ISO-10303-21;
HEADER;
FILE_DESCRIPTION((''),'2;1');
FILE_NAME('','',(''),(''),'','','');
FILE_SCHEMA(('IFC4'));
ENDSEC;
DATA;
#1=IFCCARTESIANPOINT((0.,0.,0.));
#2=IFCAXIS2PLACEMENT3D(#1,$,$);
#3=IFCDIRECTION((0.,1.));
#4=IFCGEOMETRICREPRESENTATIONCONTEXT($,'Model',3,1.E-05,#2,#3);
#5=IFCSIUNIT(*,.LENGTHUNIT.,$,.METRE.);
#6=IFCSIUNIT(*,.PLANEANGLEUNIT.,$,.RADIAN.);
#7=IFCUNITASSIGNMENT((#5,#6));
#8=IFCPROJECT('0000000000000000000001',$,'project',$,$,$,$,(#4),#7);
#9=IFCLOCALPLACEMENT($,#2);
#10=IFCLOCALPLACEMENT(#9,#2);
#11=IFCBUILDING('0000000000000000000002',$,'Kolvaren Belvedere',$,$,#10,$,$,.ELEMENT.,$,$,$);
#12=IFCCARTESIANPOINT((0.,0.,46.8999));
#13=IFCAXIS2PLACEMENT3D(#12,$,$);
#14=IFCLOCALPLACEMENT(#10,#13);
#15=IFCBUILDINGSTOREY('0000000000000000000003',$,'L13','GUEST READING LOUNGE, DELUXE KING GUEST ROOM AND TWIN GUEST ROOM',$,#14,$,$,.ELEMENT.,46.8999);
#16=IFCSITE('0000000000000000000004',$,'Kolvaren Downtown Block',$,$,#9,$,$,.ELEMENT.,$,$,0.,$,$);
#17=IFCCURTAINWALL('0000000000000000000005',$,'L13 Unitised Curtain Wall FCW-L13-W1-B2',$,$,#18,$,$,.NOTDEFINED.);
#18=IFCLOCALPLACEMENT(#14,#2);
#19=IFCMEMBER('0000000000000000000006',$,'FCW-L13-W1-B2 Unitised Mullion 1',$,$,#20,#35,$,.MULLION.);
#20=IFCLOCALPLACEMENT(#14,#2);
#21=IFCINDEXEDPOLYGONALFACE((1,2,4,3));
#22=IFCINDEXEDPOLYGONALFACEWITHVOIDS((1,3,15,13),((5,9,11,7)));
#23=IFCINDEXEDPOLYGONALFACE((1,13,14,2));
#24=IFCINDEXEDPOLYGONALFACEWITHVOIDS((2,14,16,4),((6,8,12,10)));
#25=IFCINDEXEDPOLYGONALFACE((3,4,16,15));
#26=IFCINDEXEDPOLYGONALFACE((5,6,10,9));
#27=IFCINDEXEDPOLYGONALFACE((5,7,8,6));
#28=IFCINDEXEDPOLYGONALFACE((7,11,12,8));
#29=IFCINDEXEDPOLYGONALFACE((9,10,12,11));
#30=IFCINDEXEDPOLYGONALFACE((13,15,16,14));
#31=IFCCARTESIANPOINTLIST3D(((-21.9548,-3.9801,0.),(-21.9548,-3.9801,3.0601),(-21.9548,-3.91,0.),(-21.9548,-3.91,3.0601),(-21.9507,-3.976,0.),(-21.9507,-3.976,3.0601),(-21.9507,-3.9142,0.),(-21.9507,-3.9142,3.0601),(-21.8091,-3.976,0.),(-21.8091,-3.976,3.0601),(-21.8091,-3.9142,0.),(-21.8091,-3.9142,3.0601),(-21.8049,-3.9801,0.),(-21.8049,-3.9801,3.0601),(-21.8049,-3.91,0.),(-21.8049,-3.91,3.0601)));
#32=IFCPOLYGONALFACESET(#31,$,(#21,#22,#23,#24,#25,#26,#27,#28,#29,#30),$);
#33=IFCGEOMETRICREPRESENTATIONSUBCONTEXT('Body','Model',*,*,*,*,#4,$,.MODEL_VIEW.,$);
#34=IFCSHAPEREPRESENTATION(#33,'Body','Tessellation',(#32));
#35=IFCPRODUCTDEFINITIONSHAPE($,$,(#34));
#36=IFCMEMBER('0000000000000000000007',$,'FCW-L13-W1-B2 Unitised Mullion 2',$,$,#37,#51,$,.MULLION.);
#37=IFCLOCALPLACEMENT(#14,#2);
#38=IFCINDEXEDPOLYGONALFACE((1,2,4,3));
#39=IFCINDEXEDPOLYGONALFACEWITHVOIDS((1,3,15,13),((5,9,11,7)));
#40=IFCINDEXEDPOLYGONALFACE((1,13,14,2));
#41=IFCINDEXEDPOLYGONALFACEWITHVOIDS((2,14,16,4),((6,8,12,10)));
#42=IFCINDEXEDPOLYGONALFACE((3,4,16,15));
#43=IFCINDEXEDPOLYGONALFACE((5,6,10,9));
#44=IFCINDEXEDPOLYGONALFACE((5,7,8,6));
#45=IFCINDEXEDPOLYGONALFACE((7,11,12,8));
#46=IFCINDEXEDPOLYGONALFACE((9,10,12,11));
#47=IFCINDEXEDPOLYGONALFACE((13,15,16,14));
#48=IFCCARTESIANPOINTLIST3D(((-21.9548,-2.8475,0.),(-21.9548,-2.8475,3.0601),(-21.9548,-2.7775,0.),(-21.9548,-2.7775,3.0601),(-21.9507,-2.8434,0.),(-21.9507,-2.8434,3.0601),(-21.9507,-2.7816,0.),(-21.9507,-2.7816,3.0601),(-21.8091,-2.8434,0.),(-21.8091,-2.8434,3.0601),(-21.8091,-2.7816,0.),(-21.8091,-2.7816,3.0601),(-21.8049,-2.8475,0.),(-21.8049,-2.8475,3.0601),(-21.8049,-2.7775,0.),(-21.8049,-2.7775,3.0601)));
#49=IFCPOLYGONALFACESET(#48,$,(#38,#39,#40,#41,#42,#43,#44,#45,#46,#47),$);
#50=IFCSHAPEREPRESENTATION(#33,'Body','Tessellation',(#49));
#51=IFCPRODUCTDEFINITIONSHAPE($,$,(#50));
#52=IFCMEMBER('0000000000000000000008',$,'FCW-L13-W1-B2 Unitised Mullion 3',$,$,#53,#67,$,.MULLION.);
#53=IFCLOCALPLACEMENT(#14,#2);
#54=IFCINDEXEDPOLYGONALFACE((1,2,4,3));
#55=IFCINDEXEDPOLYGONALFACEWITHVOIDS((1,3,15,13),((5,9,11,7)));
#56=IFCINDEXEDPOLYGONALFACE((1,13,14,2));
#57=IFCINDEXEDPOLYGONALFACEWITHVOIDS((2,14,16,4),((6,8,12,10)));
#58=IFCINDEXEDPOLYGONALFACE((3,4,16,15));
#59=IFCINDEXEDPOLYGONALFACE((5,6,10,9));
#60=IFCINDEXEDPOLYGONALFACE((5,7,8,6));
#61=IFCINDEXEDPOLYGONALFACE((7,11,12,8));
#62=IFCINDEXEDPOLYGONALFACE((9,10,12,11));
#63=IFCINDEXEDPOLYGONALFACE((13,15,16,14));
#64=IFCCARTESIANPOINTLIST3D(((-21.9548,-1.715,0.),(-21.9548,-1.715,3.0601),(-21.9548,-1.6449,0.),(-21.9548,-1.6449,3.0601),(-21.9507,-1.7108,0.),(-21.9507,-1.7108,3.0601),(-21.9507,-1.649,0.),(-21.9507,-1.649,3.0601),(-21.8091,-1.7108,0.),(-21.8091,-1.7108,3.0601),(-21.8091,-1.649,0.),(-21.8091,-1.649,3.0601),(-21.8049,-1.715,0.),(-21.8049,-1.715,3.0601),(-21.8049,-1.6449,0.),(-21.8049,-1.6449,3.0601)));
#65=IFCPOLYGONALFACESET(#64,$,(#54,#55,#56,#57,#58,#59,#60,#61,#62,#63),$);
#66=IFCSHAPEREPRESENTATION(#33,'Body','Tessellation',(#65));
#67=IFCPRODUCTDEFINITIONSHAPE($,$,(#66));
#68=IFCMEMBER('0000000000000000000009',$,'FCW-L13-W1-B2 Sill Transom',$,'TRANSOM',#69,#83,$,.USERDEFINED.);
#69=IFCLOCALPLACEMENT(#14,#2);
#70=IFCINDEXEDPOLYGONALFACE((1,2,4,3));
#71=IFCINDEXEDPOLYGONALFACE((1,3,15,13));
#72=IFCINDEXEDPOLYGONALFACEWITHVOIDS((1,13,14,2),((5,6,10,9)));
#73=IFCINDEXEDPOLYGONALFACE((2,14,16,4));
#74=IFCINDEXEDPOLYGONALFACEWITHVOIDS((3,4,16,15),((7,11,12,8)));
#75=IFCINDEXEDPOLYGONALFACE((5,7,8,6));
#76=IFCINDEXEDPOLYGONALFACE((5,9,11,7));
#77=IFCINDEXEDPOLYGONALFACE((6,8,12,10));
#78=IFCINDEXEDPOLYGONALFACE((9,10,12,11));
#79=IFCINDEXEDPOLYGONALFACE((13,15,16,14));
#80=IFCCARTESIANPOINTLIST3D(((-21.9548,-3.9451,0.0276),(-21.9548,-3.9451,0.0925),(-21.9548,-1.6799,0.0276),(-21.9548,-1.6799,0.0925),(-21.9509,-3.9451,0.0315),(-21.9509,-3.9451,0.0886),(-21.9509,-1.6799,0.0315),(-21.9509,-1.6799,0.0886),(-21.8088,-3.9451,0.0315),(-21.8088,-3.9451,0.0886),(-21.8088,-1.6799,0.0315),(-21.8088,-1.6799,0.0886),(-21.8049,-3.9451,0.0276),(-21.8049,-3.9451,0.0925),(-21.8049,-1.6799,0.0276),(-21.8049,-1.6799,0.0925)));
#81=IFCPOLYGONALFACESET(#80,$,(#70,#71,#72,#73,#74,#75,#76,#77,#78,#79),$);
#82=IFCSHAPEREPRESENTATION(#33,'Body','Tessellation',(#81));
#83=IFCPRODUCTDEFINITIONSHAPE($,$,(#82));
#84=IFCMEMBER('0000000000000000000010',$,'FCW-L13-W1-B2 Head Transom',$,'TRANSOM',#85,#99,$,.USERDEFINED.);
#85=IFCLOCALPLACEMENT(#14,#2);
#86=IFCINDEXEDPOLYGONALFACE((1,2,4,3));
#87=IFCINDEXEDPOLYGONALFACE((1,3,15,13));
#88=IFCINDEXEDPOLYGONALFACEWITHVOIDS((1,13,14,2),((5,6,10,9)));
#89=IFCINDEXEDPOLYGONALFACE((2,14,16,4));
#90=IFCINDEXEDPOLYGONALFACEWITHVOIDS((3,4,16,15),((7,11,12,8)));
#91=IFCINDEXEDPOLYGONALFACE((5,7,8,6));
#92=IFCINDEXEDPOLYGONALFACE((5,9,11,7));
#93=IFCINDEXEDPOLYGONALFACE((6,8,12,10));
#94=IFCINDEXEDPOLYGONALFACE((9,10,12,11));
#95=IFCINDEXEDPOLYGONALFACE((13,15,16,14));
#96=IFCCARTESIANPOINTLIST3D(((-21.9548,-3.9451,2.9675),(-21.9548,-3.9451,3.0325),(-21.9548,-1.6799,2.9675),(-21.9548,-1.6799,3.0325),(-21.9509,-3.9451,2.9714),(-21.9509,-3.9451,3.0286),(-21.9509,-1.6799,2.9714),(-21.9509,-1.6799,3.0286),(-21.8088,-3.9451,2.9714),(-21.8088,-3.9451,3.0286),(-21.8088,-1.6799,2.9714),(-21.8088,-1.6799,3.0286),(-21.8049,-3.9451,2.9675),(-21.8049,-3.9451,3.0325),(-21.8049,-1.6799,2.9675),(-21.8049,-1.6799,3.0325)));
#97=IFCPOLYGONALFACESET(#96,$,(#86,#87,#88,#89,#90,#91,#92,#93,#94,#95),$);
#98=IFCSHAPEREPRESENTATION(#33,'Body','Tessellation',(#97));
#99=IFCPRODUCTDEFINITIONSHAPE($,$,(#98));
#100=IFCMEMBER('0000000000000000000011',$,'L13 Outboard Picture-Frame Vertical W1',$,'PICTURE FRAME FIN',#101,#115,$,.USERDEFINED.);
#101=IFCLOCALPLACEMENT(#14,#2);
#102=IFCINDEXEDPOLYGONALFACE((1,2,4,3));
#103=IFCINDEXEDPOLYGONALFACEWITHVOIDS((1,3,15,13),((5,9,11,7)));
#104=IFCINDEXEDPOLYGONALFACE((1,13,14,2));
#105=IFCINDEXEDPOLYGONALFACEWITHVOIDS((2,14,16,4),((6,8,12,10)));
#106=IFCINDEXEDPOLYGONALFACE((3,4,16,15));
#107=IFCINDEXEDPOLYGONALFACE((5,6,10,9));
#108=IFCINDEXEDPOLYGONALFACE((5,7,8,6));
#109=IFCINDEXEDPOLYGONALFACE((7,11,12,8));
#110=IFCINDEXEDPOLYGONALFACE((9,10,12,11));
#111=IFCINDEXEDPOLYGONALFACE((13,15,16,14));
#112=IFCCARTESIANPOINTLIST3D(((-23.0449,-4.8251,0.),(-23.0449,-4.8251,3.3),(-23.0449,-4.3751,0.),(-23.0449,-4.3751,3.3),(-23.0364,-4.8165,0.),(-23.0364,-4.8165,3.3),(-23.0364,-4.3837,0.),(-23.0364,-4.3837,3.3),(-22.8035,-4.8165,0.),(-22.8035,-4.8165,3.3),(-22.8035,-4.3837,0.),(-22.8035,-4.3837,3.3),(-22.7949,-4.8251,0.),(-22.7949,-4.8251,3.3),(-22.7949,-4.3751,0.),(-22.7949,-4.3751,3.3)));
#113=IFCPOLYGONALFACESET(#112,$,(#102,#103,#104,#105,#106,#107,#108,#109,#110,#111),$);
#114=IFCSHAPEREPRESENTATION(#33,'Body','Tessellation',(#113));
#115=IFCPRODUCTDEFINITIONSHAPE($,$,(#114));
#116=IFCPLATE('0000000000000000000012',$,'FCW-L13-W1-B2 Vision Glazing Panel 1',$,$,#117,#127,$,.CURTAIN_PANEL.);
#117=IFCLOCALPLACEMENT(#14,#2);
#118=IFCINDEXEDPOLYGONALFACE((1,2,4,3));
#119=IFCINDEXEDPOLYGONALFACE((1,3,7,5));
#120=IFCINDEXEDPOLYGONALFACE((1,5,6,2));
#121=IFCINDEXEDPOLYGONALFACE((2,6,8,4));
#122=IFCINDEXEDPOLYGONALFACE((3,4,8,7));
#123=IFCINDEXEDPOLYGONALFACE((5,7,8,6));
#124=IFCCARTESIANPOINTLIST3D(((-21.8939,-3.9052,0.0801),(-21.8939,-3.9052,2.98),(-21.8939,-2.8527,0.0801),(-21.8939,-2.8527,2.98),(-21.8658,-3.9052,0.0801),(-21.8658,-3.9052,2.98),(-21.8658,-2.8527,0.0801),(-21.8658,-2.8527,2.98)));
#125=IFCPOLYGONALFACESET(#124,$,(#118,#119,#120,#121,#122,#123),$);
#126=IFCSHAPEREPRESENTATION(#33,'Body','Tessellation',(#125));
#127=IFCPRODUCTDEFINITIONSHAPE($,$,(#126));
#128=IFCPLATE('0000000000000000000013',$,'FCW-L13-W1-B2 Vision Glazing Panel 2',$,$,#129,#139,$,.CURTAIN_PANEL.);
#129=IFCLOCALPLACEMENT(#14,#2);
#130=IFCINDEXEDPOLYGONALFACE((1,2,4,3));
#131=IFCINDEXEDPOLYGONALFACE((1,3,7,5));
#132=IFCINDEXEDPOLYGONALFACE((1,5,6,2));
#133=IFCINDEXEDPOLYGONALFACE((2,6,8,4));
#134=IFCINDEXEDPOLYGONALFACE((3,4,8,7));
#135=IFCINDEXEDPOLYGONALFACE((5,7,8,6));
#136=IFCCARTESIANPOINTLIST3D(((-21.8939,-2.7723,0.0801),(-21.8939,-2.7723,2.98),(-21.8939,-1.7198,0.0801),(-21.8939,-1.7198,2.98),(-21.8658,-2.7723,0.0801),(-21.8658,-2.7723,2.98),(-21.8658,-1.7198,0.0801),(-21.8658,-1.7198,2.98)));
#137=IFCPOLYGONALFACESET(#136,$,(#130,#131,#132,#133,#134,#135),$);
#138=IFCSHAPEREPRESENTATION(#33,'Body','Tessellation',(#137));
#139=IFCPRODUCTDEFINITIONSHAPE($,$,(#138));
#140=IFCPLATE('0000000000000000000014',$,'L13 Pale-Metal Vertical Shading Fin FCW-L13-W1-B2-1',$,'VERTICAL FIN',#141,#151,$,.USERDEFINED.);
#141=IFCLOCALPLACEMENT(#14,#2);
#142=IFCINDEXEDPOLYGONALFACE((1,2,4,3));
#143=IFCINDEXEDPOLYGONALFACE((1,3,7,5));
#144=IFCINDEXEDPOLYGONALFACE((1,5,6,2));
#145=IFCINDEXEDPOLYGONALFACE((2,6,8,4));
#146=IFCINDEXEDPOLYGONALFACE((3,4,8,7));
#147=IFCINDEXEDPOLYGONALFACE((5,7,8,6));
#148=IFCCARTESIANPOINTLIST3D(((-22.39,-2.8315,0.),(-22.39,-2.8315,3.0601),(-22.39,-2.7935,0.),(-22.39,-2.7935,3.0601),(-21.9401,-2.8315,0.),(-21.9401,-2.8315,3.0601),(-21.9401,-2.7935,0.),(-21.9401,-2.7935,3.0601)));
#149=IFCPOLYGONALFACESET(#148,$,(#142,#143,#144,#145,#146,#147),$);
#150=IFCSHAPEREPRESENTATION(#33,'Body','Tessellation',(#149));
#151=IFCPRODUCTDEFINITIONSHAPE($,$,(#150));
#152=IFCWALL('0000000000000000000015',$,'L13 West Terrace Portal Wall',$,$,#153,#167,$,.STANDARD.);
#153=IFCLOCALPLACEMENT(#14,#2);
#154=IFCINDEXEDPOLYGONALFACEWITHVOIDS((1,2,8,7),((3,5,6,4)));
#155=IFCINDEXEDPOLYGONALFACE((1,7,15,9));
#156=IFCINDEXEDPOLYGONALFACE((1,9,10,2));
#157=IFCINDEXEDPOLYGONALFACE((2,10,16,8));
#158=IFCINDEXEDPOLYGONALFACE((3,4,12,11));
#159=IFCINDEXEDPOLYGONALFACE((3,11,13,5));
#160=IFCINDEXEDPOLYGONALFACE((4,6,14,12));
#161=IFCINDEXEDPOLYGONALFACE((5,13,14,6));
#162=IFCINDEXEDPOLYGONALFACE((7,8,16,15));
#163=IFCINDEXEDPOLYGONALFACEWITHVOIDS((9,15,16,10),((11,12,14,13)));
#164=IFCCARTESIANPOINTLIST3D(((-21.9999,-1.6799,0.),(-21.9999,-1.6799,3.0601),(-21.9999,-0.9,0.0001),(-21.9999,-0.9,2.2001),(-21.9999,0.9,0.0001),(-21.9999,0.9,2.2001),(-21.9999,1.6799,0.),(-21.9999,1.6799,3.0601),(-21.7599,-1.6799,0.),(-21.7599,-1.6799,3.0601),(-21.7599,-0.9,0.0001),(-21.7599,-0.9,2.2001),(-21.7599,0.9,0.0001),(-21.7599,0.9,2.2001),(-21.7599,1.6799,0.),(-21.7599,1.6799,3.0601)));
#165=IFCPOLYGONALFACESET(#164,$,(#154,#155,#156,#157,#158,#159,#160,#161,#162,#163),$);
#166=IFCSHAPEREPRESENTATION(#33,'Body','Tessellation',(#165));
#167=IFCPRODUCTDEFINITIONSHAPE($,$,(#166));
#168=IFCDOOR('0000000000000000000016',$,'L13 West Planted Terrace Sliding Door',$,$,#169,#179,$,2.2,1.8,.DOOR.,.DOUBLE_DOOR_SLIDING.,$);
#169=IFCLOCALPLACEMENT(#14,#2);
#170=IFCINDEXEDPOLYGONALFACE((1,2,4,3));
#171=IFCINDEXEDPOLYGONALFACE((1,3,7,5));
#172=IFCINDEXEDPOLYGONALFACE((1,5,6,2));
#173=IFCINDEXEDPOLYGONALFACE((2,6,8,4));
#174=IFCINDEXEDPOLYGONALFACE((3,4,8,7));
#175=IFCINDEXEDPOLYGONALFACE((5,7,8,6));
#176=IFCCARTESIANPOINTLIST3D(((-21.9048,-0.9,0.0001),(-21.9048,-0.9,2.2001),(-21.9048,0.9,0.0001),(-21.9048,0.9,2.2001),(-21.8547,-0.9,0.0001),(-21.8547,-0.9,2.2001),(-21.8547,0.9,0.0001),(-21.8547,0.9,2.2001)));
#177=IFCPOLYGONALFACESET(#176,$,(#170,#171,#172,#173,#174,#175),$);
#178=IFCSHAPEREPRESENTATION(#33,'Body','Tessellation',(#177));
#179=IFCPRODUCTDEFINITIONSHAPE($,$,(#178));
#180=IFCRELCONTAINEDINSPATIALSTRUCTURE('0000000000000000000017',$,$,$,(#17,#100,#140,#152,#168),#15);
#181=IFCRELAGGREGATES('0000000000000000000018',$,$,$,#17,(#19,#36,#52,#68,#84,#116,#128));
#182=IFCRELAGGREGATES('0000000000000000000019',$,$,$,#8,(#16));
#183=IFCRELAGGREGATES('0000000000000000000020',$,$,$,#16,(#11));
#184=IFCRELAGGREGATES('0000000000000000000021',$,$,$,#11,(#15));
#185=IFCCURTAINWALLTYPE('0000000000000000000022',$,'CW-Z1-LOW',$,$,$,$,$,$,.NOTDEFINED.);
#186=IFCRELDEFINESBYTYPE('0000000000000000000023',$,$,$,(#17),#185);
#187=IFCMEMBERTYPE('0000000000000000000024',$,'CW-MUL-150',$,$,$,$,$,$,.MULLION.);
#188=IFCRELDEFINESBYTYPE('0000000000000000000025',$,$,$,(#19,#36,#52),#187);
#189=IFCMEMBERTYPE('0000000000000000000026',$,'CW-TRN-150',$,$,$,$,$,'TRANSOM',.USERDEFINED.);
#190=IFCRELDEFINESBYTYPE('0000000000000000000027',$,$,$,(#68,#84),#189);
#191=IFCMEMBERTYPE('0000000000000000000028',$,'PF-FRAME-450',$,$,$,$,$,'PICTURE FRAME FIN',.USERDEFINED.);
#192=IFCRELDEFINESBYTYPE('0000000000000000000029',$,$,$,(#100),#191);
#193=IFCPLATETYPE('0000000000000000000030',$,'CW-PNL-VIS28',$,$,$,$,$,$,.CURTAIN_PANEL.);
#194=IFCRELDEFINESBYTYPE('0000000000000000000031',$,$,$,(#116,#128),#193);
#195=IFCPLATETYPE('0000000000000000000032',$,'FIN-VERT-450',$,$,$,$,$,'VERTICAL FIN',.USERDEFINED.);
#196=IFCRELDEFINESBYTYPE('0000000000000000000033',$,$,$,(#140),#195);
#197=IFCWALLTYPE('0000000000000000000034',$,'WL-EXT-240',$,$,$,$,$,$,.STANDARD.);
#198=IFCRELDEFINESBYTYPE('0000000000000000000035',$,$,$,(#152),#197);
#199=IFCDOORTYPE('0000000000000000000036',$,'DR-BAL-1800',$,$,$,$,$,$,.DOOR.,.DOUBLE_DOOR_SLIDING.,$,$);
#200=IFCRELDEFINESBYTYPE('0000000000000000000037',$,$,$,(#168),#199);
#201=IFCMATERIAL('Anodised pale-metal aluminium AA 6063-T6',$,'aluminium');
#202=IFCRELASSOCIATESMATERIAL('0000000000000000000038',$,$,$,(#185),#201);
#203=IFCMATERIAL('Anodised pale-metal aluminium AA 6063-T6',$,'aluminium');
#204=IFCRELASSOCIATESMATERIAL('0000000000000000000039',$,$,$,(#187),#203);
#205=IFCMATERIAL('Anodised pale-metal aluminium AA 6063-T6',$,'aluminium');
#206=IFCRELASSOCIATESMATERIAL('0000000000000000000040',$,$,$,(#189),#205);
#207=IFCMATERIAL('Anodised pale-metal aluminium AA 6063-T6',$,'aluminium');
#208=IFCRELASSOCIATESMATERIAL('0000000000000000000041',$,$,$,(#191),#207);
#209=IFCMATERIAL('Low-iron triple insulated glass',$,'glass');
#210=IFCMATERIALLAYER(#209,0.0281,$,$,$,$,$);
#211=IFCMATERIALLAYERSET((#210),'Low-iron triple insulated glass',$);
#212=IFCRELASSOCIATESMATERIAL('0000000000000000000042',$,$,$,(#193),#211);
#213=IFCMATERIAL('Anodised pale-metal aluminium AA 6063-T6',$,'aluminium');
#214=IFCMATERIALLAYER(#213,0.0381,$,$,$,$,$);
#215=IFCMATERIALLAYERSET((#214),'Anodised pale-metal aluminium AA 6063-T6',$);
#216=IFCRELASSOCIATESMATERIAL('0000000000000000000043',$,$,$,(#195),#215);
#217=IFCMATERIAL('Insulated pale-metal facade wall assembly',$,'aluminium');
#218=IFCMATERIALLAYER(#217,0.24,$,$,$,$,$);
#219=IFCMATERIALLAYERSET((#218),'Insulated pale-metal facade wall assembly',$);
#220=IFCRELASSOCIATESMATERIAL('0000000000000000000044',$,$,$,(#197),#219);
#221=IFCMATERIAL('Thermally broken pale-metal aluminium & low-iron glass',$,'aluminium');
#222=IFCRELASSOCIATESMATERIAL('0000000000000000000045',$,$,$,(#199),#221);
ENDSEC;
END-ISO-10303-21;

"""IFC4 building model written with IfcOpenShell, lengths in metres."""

from ifc_helpers import new_model, si_unit, direction, frame, frame_2d, origin, origin_2d, place, context, subcontext, project, spatial, rectangle, hollow_rectangle, extrude, material, layer, layer_set, material_profile, profile_set, type_object, element, fill, aggregate, save


model = new_model("IFC4")

# Units and contexts
model_context = context("Model", 3, precision=1e-05, world=origin(), true_north=direction((0.0, 1.0)))
body_context = subcontext(model_context, "Body", "Model", "MODEL_VIEW")
ifc_project = project(units=[si_unit("LENGTHUNIT", "METRE"), si_unit("PLANEANGLEUNIT", "RADIAN")], contexts=[model_context])

# Site, building, storey
site_placement = place(None, origin())
site = spatial("IfcSite", under=ifc_project, at=site_placement, Name="Kolvaren Downtown Block", CompositionType="ELEMENT", RefElevation=0.0)
building_placement = place(site_placement, origin())
building = spatial("IfcBuilding", under=site, at=building_placement, Name="Kolvaren Belvedere", CompositionType="ELEMENT")
storey_placement = place(building_placement, frame((0.0, 0.0, 46.8999)))
storey = spatial("IfcBuildingStorey", under=building, at=storey_placement, Name="L13", Description="GUEST READING LOUNGE, DELUXE KING GUEST ROOM AND TWIN GUEST ROOM", CompositionType="ELEMENT", Elevation=46.8999)

# Shared definitions
ifc_material_1 = material(Name="Anodised pale-metal aluminium AA 6063-T6", Category="aluminium")
curtain_wall_type = type_object("IfcCurtainWallType", Name="CW-Z1-LOW", PredefinedType="NOTDEFINED", material=ifc_material_1)
ifc_material_2 = material(Name="Anodised pale-metal aluminium AA 6063-T6", Category="aluminium")
ifc_material_profile_1 = material_profile(ifc_material_2, hollow_rectangle(XDim=0.0701, YDim=0.1499, WallThickness=0.0042, at=origin_2d()), Name="ALU-MUL-150X70")
ifc_profile_set_1 = profile_set([ifc_material_profile_1], Name="Anodised pale-metal aluminium AA 6063-T6")
member_type_1 = type_object("IfcMemberType", Name="CW-MUL-150", PredefinedType="MULLION", material=ifc_profile_set_1)

# Curtain wall, members
curtain_wall_1_placement = place(storey_placement, origin())
curtain_wall_1 = element("IfcCurtainWall", 1, at=curtain_wall_1_placement, inside=storey, type_object=curtain_wall_type, Name="L13 Unitised Curtain Wall FCW-L13-W1-B2", PredefinedType="NOTDEFINED")
member_1_placement = place(storey_placement, frame((-21.8799, -3.9451, 0.0), z_axis=(0.0, 0.0, 1.0), x_axis=(0.0, 1.0, 0.0)))
member_1 = element("IfcMember", 2, at=member_1_placement, type_object=member_type_1, Name="FCW-L13-W1-B2 Unitised Mullion 1", PredefinedType="MULLION", context=body_context, shape_type="SweptSolid", body=[
    extrude(hollow_rectangle(XDim=0.0701, YDim=0.1499, WallThickness=0.0042, at=origin_2d()), origin(), (0.0, 0.0, 1.0), 3.0601),
])
member_2_placement = place(storey_placement, frame((-21.8799, -2.8125, 0.0), z_axis=(0.0, 0.0, 1.0), x_axis=(0.0, 1.0, 0.0)))
member_2 = element("IfcMember", 3, at=member_2_placement, type_object=member_type_1, Name="FCW-L13-W1-B2 Unitised Mullion 2", PredefinedType="MULLION", context=body_context, shape_type="SweptSolid", body=[
    extrude(hollow_rectangle(XDim=0.0701, YDim=0.1499, WallThickness=0.0042, at=origin_2d()), origin(), (0.0, 0.0, 1.0), 3.0601),
])
member_3_placement = place(storey_placement, frame((-21.8799, -1.6799, 0.0), z_axis=(0.0, 0.0, 1.0), x_axis=(0.0, 1.0, 0.0)))
member_3 = element("IfcMember", 4, at=member_3_placement, type_object=member_type_1, Name="FCW-L13-W1-B2 Unitised Mullion 3", PredefinedType="MULLION", context=body_context, shape_type="SweptSolid", body=[
    extrude(hollow_rectangle(XDim=0.0701, YDim=0.1499, WallThickness=0.0042, at=origin_2d()), origin(), (0.0, 0.0, 1.0), 3.0601),
])
ifc_material_3 = material(Name="Anodised pale-metal aluminium AA 6063-T6", Category="aluminium")
ifc_material_profile_2 = material_profile(ifc_material_3, hollow_rectangle(XDim=0.0649, YDim=0.1499, WallThickness=0.0039, at=origin_2d()), Name="ALU-TRN-150X65")
ifc_profile_set_2 = profile_set([ifc_material_profile_2], Name="Anodised pale-metal aluminium AA 6063-T6")
member_type_2 = type_object("IfcMemberType", Name="CW-TRN-150", ElementType="TRANSOM", PredefinedType="USERDEFINED", material=ifc_profile_set_2)
member_4_placement = place(storey_placement, frame((-21.8799, -3.9451, 0.0601), z_axis=(0.0, 1.0, 0.0), x_axis=(0.0, 0.0, 1.0)))
member_4 = element("IfcMember", 5, at=member_4_placement, type_object=member_type_2, Name="FCW-L13-W1-B2 Sill Transom", ObjectType="TRANSOM", PredefinedType="USERDEFINED", context=body_context, shape_type="SweptSolid", body=[
    extrude(hollow_rectangle(XDim=0.0649, YDim=0.1499, WallThickness=0.0039, at=origin_2d()), origin(), (0.0, 0.0, 1.0), 2.2651),
])
member_5_placement = place(storey_placement, frame((-21.8799, -3.9451, 3.0), z_axis=(0.0, 1.0, 0.0), x_axis=(0.0, 0.0, 1.0)))
member_5 = element("IfcMember", 6, at=member_5_placement, type_object=member_type_2, Name="FCW-L13-W1-B2 Head Transom", ObjectType="TRANSOM", PredefinedType="USERDEFINED", context=body_context, shape_type="SweptSolid", body=[
    extrude(hollow_rectangle(XDim=0.0649, YDim=0.1499, WallThickness=0.0039, at=origin_2d()), origin(), (0.0, 0.0, 1.0), 2.2651),
])

# Member
ifc_material_4 = material(Name="Anodised pale-metal aluminium AA 6063-T6", Category="aluminium")
ifc_material_profile_3 = material_profile(ifc_material_4, hollow_rectangle(XDim=0.25, YDim=0.45, WallThickness=0.0085, at=origin_2d()), Name="ALU-PF-450X250")
ifc_profile_set_3 = profile_set([ifc_material_profile_3], Name="Anodised pale-metal aluminium AA 6063-T6")
member_type_3 = type_object("IfcMemberType", Name="PF-FRAME-450", ElementType="PICTURE FRAME FIN", PredefinedType="USERDEFINED", material=ifc_profile_set_3)
member_6_placement = place(storey_placement, frame((-22.9199, -4.6001, 0.0), z_axis=(0.0, 0.0, 1.0), x_axis=(1.0, 0.0, 0.0)))
element("IfcMember", 7, at=member_6_placement, inside=storey, type_object=member_type_3, Name="L13 Outboard Picture-Frame Vertical W1", ObjectType="PICTURE FRAME FIN", PredefinedType="USERDEFINED", context=body_context, shape_type="SweptSolid", body=[
    extrude(hollow_rectangle(XDim=0.25, YDim=0.45, WallThickness=0.0085, at=origin_2d()), origin(), (0.0, 0.0, 1.0), 3.3),
])

# Plates
ifc_material_5 = material(Name="Low-iron triple insulated glass", Category="glass")
ifc_layer_1 = layer(ifc_material_5, 0.0281)
ifc_layer_set_1 = layer_set([ifc_layer_1], Name="Low-iron triple insulated glass")
plate_type_1 = type_object("IfcPlateType", Name="CW-PNL-VIS28", PredefinedType="CURTAIN_PANEL", material=ifc_layer_set_1)
plate_1_placement = place(storey_placement, frame((-21.8799, -3.3789, 0.0801), z_axis=(0.0, 0.0, 1.0), x_axis=(0.0, 1.0, 0.0)))
plate_1 = element("IfcPlate", 8, at=plate_1_placement, type_object=plate_type_1, Name="FCW-L13-W1-B2 Vision Glazing Panel 1", PredefinedType="CURTAIN_PANEL", context=body_context, shape_type="SweptSolid", body=[
    extrude(rectangle(XDim=1.0525, YDim=0.0281, at=origin_2d()), origin(), (0.0, 0.0, 1.0), 2.8999),
])
plate_2_placement = place(storey_placement, frame((-21.8799, -2.2461, 0.0801), z_axis=(0.0, 0.0, 1.0), x_axis=(0.0, 1.0, 0.0)))
plate_2 = element("IfcPlate", 9, at=plate_2_placement, type_object=plate_type_1, Name="FCW-L13-W1-B2 Vision Glazing Panel 2", PredefinedType="CURTAIN_PANEL", context=body_context, shape_type="SweptSolid", body=[
    extrude(rectangle(XDim=1.0525, YDim=0.0281, at=origin_2d()), origin(), (0.0, 0.0, 1.0), 2.8999),
])
aggregate(curtain_wall_1, [member_1, member_2, member_3, member_4, member_5, plate_1, plate_2])
ifc_material_6 = material(Name="Anodised pale-metal aluminium AA 6063-T6", Category="aluminium")
ifc_layer_2 = layer(ifc_material_6, 0.0381)
ifc_layer_set_2 = layer_set([ifc_layer_2], Name="Anodised pale-metal aluminium AA 6063-T6")
plate_type_2 = type_object("IfcPlateType", Name="FIN-VERT-450", ElementType="VERTICAL FIN", PredefinedType="USERDEFINED", material=ifc_layer_set_2)
plate_3_placement = place(storey_placement, frame((-22.165, -2.8125, 0.0), z_axis=(0.0, 0.0, 1.0), x_axis=(1.0, 0.0, 0.0)))
element("IfcPlate", 10, at=plate_3_placement, inside=storey, type_object=plate_type_2, Name="L13 Pale-Metal Vertical Shading Fin FCW-L13-W1-B2-1", ObjectType="VERTICAL FIN", PredefinedType="USERDEFINED", context=body_context, shape_type="SweptSolid", body=[
    extrude(rectangle(XDim=0.45, YDim=0.0381, at=origin_2d()), origin(), (0.0, 0.0, 1.0), 3.0601),
])

# Wall, opening, door
ifc_material_7 = material(Name="Insulated pale-metal facade wall assembly", Category="aluminium")
ifc_layer_3 = layer(ifc_material_7, 0.24)
ifc_layer_set_3 = layer_set([ifc_layer_3], Name="Insulated pale-metal facade wall assembly")
wall_type_1 = type_object("IfcWallType", Name="WL-EXT-240", PredefinedType="STANDARD", material=ifc_layer_set_3)
wall_1_placement = place(storey_placement, frame((-21.8799, -1.6799, 0.0), z_axis=(0.0, 0.0, 1.0), x_axis=(0.0, 1.0, 0.0)))
wall_1 = element("IfcWall", 11, at=wall_1_placement, inside=storey, type_object=wall_type_1, Name="L13 West Terrace Portal Wall", PredefinedType="STANDARD", context=body_context, shape_type="SweptSolid", body=[
    extrude(rectangle(XDim=3.3599, YDim=0.24, at=frame_2d((1.6799, 0.0))), origin(), (0.0, 0.0, 1.0), 3.0601),
])
opening_1_placement = place(wall_1_placement, frame((0.78, 0.0, 0.0)))
opening_1 = element("IfcOpeningElement", 12, at=opening_1_placement, cuts=wall_1, PredefinedType="OPENING", context=body_context, shape_type="SweptSolid", body=[
    extrude(rectangle(XDim=1.8, YDim=2.2, at=frame_2d((0.8999, 1.1001))), frame((0.0, 0.1299, 0.0), z_axis=(0.0, -1.0, 0.0), x_axis=(1.0, 0.0, 0.0)), (0.0, 0.0, 1.0), 0.26),
])
ifc_material_8 = material(Name="Thermally broken pale-metal aluminium & low-iron glass", Category="aluminium")
door_type_1 = type_object("IfcDoorType", Name="DR-BAL-1800", OperationType="DOUBLE_DOOR_SLIDING", PredefinedType="DOOR", material=ifc_material_8)
door_1_placement = place(opening_1_placement, origin())
door_1 = element("IfcDoor", 13, at=door_1_placement, inside=storey, type_object=door_type_1, Name="L13 West Planted Terrace Sliding Door", OperationType="DOUBLE_DOOR_SLIDING", OverallHeight=2.2, OverallWidth=1.8, PredefinedType="DOOR", context=body_context, shape_type="SweptSolid", body=[
    extrude(rectangle(XDim=1.8, YDim=2.2, at=frame_2d((0.8999, 1.1001))), frame((0.0, 0.0249, 0.0), z_axis=(0.0, -1.0, 0.0), x_axis=(1.0, 0.0, 0.0)), (0.0, 0.0, 1.0), 0.05),
])
fill(opening_1, door_1)

save(model, "model.ifc")
